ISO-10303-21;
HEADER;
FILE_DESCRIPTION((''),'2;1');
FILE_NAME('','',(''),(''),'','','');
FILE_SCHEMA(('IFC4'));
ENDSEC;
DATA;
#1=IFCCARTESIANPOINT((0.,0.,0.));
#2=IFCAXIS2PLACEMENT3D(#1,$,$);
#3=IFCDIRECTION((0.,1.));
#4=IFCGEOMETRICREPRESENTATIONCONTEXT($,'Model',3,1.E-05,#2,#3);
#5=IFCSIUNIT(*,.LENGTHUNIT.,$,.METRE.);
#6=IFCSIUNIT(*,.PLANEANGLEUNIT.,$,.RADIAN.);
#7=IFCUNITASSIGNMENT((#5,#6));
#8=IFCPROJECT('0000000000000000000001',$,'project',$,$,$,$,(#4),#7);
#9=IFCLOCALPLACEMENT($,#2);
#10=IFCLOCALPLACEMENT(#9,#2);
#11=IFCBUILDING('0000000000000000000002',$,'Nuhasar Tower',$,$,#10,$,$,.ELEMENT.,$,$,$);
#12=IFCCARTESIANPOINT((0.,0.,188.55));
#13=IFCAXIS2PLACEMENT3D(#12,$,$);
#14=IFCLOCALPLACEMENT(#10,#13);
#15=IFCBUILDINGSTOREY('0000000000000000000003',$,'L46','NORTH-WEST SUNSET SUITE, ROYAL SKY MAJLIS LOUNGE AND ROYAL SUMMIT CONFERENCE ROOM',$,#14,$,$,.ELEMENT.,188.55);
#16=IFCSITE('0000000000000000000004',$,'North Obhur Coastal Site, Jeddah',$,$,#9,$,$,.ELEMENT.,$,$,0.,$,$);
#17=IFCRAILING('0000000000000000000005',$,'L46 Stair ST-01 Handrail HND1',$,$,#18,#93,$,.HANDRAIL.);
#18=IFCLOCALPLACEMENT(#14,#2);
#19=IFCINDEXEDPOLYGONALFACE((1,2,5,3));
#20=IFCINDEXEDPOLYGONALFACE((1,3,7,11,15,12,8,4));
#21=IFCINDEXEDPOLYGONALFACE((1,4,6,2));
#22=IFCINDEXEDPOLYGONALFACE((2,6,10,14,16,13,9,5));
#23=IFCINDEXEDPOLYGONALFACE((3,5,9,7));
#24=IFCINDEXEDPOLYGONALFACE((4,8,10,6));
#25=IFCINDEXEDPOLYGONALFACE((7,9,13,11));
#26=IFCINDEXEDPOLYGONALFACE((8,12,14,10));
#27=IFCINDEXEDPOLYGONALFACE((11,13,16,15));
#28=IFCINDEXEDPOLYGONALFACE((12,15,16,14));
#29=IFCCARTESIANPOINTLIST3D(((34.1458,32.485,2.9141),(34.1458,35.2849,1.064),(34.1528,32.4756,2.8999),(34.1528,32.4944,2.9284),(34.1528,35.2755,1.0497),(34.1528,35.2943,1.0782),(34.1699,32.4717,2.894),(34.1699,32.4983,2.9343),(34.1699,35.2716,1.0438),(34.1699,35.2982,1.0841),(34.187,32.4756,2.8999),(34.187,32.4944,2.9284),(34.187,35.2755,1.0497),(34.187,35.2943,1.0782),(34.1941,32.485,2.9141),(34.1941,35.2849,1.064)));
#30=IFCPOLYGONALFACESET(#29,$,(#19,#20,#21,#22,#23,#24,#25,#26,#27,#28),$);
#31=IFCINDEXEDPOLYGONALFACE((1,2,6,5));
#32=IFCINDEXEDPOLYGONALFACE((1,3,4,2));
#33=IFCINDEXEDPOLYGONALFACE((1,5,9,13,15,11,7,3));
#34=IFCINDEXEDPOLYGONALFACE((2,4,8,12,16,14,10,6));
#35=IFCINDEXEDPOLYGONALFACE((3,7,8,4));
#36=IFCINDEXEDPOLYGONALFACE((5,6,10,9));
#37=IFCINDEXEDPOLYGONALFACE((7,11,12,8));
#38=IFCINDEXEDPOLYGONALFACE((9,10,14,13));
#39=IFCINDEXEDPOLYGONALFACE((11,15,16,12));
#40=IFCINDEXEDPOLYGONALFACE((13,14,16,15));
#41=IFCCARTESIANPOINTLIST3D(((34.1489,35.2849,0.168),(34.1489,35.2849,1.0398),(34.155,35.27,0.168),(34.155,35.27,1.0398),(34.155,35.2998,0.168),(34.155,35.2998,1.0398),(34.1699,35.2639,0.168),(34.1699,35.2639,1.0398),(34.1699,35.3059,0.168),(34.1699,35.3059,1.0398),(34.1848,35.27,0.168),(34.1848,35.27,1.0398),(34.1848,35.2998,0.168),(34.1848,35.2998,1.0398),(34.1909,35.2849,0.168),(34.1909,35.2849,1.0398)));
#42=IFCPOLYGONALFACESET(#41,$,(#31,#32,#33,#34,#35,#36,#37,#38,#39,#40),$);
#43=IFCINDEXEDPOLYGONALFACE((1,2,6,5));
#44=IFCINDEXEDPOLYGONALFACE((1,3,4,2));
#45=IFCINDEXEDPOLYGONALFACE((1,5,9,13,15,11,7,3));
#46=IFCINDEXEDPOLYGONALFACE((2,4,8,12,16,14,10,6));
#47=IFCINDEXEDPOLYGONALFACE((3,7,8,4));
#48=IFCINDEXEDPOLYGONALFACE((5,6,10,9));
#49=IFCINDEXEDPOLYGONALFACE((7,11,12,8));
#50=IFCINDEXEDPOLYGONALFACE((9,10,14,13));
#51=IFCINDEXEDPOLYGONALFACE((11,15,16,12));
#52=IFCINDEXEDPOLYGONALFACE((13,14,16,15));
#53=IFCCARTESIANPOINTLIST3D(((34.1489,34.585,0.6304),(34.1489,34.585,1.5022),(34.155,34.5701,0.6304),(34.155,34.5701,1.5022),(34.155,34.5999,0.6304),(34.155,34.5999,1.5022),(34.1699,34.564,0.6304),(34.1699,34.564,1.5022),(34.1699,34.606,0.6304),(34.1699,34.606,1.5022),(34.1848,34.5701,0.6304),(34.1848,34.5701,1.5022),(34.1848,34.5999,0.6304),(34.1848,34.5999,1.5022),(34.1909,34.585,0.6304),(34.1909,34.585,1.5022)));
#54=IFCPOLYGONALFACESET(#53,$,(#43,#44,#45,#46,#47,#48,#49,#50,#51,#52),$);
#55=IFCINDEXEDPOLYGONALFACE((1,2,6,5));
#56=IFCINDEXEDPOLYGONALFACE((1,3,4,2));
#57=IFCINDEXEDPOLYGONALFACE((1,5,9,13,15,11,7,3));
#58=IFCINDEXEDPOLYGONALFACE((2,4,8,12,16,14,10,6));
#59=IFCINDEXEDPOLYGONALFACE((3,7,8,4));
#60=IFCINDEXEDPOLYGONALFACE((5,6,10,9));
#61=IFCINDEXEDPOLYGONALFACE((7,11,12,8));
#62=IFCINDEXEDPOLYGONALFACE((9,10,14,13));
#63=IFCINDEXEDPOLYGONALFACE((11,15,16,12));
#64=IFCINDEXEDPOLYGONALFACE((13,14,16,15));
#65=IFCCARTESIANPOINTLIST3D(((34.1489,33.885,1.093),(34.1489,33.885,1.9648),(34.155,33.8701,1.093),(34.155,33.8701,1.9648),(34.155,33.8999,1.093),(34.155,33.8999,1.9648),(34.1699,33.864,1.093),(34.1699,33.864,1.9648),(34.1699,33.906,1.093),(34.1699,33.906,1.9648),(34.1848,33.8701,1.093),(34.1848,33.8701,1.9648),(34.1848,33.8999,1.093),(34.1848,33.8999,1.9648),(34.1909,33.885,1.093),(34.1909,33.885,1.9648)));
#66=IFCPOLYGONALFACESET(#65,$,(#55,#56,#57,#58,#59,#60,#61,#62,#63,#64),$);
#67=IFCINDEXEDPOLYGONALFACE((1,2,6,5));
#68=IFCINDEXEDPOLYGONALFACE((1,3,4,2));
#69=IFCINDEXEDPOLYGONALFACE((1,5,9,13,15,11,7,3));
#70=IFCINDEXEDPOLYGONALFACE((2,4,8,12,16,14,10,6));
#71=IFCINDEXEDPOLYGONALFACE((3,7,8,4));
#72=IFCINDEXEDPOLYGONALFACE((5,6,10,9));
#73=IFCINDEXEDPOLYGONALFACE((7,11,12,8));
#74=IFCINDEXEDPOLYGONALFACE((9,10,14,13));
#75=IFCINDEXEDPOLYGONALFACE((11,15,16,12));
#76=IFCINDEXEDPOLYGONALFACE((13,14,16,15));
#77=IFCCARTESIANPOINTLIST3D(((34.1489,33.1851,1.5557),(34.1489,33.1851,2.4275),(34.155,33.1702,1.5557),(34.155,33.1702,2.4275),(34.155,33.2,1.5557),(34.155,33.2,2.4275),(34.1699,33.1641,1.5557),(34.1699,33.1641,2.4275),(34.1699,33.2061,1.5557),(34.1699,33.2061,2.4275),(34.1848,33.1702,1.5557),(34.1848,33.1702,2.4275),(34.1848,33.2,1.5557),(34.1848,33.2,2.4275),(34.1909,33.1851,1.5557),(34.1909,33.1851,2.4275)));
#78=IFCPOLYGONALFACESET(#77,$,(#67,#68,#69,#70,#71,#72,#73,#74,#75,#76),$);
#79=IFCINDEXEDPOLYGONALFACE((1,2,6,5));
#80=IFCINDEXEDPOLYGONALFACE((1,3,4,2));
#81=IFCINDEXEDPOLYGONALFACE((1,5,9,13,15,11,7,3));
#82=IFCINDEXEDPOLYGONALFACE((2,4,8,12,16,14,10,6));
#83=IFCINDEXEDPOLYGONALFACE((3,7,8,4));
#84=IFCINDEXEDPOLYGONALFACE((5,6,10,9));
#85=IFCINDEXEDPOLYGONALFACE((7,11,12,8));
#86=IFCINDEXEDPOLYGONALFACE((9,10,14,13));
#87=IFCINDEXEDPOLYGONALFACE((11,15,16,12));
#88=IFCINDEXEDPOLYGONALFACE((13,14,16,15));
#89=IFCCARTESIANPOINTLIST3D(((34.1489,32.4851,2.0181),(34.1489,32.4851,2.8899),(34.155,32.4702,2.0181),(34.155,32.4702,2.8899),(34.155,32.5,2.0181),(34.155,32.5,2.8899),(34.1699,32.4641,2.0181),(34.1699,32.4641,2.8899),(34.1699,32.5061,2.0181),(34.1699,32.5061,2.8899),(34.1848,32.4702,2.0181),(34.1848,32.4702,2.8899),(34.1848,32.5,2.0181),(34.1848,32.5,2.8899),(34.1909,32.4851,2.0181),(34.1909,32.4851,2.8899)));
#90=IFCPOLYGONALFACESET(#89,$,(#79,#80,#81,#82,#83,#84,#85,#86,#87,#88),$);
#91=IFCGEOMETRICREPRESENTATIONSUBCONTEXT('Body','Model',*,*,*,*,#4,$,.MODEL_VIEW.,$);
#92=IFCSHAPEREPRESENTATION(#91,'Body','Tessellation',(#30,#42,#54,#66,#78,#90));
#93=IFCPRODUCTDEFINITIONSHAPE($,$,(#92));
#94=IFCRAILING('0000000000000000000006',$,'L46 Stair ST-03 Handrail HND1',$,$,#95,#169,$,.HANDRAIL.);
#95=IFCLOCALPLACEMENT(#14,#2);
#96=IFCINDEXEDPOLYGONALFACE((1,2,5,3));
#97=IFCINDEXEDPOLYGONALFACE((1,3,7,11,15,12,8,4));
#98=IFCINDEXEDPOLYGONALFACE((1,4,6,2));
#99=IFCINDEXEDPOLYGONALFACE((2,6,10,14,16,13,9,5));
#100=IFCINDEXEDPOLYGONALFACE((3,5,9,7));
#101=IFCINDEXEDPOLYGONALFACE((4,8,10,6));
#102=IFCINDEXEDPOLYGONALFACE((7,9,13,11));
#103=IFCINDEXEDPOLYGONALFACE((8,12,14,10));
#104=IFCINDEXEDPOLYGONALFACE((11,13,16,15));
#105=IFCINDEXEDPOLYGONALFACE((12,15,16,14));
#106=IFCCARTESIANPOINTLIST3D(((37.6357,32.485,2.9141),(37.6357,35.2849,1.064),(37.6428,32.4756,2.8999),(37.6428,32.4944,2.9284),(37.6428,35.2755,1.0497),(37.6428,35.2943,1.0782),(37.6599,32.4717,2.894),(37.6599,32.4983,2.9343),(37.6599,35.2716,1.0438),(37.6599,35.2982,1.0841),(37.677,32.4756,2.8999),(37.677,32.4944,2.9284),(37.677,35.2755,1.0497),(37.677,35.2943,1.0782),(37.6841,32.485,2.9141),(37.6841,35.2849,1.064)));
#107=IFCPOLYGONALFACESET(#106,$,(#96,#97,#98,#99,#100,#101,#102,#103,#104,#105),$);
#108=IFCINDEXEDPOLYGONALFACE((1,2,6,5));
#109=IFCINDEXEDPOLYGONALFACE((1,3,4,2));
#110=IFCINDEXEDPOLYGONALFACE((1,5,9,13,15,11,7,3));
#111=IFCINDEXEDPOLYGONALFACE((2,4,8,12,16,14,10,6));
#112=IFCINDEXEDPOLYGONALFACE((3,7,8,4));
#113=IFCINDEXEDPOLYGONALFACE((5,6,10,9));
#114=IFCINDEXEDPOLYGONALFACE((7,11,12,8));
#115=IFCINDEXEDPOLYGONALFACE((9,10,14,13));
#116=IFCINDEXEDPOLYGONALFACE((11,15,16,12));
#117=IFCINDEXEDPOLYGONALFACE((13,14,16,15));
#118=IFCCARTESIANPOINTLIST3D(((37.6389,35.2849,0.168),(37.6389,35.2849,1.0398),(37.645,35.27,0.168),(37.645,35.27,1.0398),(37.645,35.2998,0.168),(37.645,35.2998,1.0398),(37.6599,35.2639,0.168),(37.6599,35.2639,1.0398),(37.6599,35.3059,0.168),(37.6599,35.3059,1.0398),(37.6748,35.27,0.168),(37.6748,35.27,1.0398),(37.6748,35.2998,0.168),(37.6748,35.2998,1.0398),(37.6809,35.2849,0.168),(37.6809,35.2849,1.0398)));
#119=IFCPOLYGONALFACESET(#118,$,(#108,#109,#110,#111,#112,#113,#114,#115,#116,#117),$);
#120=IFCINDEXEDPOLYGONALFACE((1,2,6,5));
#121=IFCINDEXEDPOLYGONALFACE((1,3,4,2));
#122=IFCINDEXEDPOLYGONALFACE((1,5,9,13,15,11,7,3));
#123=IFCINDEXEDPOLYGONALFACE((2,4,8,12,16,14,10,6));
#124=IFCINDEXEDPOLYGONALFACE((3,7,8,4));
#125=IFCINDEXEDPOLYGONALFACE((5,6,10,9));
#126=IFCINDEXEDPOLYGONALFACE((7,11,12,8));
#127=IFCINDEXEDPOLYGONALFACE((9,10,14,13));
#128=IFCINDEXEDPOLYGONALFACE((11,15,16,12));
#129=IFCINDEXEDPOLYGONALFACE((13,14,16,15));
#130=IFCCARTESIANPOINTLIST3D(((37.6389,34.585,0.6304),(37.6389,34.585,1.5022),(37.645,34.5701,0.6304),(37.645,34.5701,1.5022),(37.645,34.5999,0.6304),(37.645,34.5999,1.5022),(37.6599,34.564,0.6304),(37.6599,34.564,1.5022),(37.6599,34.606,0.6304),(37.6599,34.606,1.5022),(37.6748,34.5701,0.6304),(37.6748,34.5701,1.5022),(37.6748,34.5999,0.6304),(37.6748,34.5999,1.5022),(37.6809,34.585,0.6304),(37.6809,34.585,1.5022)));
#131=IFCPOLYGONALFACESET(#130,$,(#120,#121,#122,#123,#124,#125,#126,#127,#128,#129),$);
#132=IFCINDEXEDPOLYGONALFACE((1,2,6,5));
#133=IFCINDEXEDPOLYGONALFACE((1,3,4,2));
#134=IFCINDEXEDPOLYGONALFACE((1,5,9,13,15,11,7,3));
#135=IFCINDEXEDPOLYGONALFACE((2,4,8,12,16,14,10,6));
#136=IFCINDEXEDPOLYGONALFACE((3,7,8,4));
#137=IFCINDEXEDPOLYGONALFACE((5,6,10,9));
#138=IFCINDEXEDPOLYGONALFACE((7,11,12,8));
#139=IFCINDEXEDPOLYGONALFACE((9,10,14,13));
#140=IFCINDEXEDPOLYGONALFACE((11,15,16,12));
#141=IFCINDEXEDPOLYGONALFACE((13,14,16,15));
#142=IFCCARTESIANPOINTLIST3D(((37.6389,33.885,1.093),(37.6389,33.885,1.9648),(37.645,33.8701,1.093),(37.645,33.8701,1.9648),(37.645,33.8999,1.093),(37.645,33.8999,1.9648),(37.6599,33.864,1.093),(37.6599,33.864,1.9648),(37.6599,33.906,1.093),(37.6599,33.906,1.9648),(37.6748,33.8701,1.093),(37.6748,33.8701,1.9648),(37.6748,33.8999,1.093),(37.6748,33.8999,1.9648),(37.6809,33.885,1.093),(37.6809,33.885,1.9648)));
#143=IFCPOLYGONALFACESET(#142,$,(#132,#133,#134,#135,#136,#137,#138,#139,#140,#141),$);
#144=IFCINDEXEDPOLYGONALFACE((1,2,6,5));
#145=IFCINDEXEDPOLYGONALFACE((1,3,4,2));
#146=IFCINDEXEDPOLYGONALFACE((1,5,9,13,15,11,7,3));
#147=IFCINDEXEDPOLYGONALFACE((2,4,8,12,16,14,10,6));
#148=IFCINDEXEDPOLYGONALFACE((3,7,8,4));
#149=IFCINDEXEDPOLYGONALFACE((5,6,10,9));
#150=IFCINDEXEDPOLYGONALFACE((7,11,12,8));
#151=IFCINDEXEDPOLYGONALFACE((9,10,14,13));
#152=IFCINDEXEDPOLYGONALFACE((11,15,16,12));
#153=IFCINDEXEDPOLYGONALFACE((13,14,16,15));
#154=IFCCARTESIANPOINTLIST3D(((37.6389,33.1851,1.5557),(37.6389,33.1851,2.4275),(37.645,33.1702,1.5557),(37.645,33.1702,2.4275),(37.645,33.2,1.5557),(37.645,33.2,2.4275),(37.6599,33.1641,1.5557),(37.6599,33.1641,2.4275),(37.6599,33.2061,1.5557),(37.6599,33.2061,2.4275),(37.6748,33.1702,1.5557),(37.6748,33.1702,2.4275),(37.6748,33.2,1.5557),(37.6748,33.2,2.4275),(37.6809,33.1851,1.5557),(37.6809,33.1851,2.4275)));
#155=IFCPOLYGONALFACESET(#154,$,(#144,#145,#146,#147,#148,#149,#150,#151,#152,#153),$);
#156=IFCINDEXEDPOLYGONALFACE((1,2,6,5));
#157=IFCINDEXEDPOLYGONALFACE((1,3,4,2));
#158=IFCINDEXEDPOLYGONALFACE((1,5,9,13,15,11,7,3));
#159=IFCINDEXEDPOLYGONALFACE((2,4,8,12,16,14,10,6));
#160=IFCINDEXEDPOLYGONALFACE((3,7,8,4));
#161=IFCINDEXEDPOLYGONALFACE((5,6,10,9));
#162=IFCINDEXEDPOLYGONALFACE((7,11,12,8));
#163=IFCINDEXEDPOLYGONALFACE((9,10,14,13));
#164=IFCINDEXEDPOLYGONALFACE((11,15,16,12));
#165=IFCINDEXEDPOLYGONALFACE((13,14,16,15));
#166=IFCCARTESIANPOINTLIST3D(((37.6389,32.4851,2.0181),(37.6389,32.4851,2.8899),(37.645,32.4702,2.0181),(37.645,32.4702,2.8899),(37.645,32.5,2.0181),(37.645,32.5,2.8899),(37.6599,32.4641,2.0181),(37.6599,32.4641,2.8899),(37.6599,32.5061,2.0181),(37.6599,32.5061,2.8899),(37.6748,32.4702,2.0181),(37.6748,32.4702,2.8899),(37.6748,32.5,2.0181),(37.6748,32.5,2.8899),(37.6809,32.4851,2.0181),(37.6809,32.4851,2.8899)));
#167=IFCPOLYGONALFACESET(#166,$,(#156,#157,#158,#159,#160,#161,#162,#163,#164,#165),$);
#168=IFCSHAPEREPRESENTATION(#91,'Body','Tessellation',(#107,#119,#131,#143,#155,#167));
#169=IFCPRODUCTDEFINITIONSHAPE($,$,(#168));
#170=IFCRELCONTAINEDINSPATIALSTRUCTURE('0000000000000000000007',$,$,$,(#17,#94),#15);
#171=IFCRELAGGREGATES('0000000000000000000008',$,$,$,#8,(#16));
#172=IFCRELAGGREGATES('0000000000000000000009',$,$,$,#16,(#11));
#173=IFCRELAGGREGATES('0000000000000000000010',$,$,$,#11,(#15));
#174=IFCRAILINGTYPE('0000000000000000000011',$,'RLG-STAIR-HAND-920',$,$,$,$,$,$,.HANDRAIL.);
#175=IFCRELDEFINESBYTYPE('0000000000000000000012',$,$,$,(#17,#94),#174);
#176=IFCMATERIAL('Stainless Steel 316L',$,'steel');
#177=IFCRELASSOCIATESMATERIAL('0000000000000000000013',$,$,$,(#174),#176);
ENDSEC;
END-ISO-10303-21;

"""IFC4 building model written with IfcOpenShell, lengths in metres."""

from ifc_helpers import new_model, si_unit, direction, frame, origin, place, context, subcontext, project, spatial, polyline, outline, extrude, material, type_object, element, save


model = new_model("IFC4")

# Units and contexts
model_context = context("Model", 3, precision=1e-05, world=origin(), true_north=direction((0.0, 1.0)))
body_context = subcontext(model_context, "Body", "Model", "MODEL_VIEW")
ifc_project = project(units=[si_unit("LENGTHUNIT", "METRE"), si_unit("PLANEANGLEUNIT", "RADIAN")], contexts=[model_context])

# Site, building, storey
site_placement = place(None, origin())
site = spatial("IfcSite", under=ifc_project, at=site_placement, Name="North Obhur Coastal Site, Jeddah", CompositionType="ELEMENT", RefElevation=0.0)
building_placement = place(site_placement, origin())
building = spatial("IfcBuilding", under=site, at=building_placement, Name="Nuhasar Tower", CompositionType="ELEMENT")
storey_placement = place(building_placement, frame((0.0, 0.0, 188.55)))
storey = spatial("IfcBuildingStorey", under=building, at=storey_placement, Name="L46", Description="NORTH-WEST SUNSET SUITE, ROYAL SKY MAJLIS LOUNGE AND ROYAL SUMMIT CONFERENCE ROOM", CompositionType="ELEMENT", Elevation=188.55)

# Railings
ifc_material_1 = material(Name="Stainless Steel 316L", Category="steel")
railing_type_1 = type_object("IfcRailingType", Name="RLG-STAIR-HAND-920", PredefinedType="HANDRAIL", material=ifc_material_1)
railing_1_placement = place(storey_placement, frame((34.1699, 35.2849, 0.168)))
element("IfcRailing", 1, at=railing_1_placement, inside=storey, type_object=railing_type_1, Name="L46 Stair ST-01 Handrail HND1", PredefinedType="HANDRAIL", context=body_context, shape_type="SweptSolid", body=[
    extrude(outline(polyline([(0.0242, 0.0), (0.0171, 0.0171), (0.0, 0.0242), (-0.0171, 0.0171), (-0.0242, 0.0), (-0.0171, -0.0171), (0.0, -0.0242), (0.0171, -0.0171), (0.0242, 0.0)])), frame((0.0, 0.0, 0.896), z_axis=(0.0, -0.834304, 0.551304), x_axis=(1.0, 0.0, 0.0)), (0.0, 0.0, 1.0), 3.356),
    extrude(outline(polyline([(0.021, 0.0), (0.0149, 0.0149), (0.0, 0.021), (-0.0149, 0.0149), (-0.021, 0.0), (-0.0149, -0.0149), (0.0, -0.021), (0.0149, -0.0149), (0.021, 0.0)])), origin(), (0.0, 0.0, 1.0), 0.8718),
    extrude(outline(polyline([(0.021, 0.0), (0.0149, 0.0149), (0.0, 0.021), (-0.0149, 0.0149), (-0.021, 0.0), (-0.0149, -0.0149), (0.0, -0.021), (0.0149, -0.0149), (0.021, 0.0)])), frame((0.0, -0.7, 0.4624)), (0.0, 0.0, 1.0), 0.8718),
    extrude(outline(polyline([(0.021, 0.0), (0.0149, 0.0149), (0.0, 0.021), (-0.0149, 0.0149), (-0.021, 0.0), (-0.0149, -0.0149), (0.0, -0.021), (0.0149, -0.0149), (0.021, 0.0)])), frame((0.0, -1.3999, 0.925)), (0.0, 0.0, 1.0), 0.8718),
    extrude(outline(polyline([(0.021, 0.0), (0.0149, 0.0149), (0.0, 0.021), (-0.0149, 0.0149), (-0.021, 0.0), (-0.0149, -0.0149), (0.0, -0.021), (0.0149, -0.0149), (0.021, 0.0)])), frame((0.0, -2.0999, 1.3877)), (0.0, 0.0, 1.0), 0.8718),
    extrude(outline(polyline([(0.021, 0.0), (0.0149, 0.0149), (0.0, 0.021), (-0.0149, 0.0149), (-0.021, 0.0), (-0.0149, -0.0149), (0.0, -0.021), (0.0149, -0.0149), (0.021, 0.0)])), frame((0.0, -2.7998, 1.8501)), (0.0, 0.0, 1.0), 0.8718),
])
railing_2_placement = place(storey_placement, frame((37.6599, 35.2849, 0.168)))
element("IfcRailing", 2, at=railing_2_placement, inside=storey, type_object=railing_type_1, Name="L46 Stair ST-03 Handrail HND1", PredefinedType="HANDRAIL", context=body_context, shape_type="SweptSolid", body=[
    extrude(outline(polyline([(0.0242, 0.0), (0.0171, 0.0171), (0.0, 0.0242), (-0.0171, 0.0171), (-0.0242, 0.0), (-0.0171, -0.0171), (0.0, -0.0242), (0.0171, -0.0171), (0.0242, 0.0)])), frame((0.0, 0.0, 0.896), z_axis=(0.0, -0.834304, 0.551304), x_axis=(1.0, 0.0, 0.0)), (0.0, 0.0, 1.0), 3.356),
    extrude(outline(polyline([(0.021, 0.0), (0.0149, 0.0149), (0.0, 0.021), (-0.0149, 0.0149), (-0.021, 0.0), (-0.0149, -0.0149), (0.0, -0.021), (0.0149, -0.0149), (0.021, 0.0)])), origin(), (0.0, 0.0, 1.0), 0.8718),
    extrude(outline(polyline([(0.021, 0.0), (0.0149, 0.0149), (0.0, 0.021), (-0.0149, 0.0149), (-0.021, 0.0), (-0.0149, -0.0149), (0.0, -0.021), (0.0149, -0.0149), (0.021, 0.0)])), frame((0.0, -0.7, 0.4624)), (0.0, 0.0, 1.0), 0.8718),
    extrude(outline(polyline([(0.021, 0.0), (0.0149, 0.0149), (0.0, 0.021), (-0.0149, 0.0149), (-0.021, 0.0), (-0.0149, -0.0149), (0.0, -0.021), (0.0149, -0.0149), (0.021, 0.0)])), frame((0.0, -1.3999, 0.925)), (0.0, 0.0, 1.0), 0.8718),
    extrude(outline(polyline([(0.021, 0.0), (0.0149, 0.0149), (0.0, 0.021), (-0.0149, 0.0149), (-0.021, 0.0), (-0.0149, -0.0149), (0.0, -0.021), (0.0149, -0.0149), (0.021, 0.0)])), frame((0.0, -2.0999, 1.3877)), (0.0, 0.0, 1.0), 0.8718),
    extrude(outline(polyline([(0.021, 0.0), (0.0149, 0.0149), (0.0, 0.021), (-0.0149, 0.0149), (-0.021, 0.0), (-0.0149, -0.0149), (0.0, -0.021), (0.0149, -0.0149), (0.021, 0.0)])), frame((0.0, -2.7998, 1.8501)), (0.0, 0.0, 1.0), 0.8718),
])

save(model, "model.ifc")
